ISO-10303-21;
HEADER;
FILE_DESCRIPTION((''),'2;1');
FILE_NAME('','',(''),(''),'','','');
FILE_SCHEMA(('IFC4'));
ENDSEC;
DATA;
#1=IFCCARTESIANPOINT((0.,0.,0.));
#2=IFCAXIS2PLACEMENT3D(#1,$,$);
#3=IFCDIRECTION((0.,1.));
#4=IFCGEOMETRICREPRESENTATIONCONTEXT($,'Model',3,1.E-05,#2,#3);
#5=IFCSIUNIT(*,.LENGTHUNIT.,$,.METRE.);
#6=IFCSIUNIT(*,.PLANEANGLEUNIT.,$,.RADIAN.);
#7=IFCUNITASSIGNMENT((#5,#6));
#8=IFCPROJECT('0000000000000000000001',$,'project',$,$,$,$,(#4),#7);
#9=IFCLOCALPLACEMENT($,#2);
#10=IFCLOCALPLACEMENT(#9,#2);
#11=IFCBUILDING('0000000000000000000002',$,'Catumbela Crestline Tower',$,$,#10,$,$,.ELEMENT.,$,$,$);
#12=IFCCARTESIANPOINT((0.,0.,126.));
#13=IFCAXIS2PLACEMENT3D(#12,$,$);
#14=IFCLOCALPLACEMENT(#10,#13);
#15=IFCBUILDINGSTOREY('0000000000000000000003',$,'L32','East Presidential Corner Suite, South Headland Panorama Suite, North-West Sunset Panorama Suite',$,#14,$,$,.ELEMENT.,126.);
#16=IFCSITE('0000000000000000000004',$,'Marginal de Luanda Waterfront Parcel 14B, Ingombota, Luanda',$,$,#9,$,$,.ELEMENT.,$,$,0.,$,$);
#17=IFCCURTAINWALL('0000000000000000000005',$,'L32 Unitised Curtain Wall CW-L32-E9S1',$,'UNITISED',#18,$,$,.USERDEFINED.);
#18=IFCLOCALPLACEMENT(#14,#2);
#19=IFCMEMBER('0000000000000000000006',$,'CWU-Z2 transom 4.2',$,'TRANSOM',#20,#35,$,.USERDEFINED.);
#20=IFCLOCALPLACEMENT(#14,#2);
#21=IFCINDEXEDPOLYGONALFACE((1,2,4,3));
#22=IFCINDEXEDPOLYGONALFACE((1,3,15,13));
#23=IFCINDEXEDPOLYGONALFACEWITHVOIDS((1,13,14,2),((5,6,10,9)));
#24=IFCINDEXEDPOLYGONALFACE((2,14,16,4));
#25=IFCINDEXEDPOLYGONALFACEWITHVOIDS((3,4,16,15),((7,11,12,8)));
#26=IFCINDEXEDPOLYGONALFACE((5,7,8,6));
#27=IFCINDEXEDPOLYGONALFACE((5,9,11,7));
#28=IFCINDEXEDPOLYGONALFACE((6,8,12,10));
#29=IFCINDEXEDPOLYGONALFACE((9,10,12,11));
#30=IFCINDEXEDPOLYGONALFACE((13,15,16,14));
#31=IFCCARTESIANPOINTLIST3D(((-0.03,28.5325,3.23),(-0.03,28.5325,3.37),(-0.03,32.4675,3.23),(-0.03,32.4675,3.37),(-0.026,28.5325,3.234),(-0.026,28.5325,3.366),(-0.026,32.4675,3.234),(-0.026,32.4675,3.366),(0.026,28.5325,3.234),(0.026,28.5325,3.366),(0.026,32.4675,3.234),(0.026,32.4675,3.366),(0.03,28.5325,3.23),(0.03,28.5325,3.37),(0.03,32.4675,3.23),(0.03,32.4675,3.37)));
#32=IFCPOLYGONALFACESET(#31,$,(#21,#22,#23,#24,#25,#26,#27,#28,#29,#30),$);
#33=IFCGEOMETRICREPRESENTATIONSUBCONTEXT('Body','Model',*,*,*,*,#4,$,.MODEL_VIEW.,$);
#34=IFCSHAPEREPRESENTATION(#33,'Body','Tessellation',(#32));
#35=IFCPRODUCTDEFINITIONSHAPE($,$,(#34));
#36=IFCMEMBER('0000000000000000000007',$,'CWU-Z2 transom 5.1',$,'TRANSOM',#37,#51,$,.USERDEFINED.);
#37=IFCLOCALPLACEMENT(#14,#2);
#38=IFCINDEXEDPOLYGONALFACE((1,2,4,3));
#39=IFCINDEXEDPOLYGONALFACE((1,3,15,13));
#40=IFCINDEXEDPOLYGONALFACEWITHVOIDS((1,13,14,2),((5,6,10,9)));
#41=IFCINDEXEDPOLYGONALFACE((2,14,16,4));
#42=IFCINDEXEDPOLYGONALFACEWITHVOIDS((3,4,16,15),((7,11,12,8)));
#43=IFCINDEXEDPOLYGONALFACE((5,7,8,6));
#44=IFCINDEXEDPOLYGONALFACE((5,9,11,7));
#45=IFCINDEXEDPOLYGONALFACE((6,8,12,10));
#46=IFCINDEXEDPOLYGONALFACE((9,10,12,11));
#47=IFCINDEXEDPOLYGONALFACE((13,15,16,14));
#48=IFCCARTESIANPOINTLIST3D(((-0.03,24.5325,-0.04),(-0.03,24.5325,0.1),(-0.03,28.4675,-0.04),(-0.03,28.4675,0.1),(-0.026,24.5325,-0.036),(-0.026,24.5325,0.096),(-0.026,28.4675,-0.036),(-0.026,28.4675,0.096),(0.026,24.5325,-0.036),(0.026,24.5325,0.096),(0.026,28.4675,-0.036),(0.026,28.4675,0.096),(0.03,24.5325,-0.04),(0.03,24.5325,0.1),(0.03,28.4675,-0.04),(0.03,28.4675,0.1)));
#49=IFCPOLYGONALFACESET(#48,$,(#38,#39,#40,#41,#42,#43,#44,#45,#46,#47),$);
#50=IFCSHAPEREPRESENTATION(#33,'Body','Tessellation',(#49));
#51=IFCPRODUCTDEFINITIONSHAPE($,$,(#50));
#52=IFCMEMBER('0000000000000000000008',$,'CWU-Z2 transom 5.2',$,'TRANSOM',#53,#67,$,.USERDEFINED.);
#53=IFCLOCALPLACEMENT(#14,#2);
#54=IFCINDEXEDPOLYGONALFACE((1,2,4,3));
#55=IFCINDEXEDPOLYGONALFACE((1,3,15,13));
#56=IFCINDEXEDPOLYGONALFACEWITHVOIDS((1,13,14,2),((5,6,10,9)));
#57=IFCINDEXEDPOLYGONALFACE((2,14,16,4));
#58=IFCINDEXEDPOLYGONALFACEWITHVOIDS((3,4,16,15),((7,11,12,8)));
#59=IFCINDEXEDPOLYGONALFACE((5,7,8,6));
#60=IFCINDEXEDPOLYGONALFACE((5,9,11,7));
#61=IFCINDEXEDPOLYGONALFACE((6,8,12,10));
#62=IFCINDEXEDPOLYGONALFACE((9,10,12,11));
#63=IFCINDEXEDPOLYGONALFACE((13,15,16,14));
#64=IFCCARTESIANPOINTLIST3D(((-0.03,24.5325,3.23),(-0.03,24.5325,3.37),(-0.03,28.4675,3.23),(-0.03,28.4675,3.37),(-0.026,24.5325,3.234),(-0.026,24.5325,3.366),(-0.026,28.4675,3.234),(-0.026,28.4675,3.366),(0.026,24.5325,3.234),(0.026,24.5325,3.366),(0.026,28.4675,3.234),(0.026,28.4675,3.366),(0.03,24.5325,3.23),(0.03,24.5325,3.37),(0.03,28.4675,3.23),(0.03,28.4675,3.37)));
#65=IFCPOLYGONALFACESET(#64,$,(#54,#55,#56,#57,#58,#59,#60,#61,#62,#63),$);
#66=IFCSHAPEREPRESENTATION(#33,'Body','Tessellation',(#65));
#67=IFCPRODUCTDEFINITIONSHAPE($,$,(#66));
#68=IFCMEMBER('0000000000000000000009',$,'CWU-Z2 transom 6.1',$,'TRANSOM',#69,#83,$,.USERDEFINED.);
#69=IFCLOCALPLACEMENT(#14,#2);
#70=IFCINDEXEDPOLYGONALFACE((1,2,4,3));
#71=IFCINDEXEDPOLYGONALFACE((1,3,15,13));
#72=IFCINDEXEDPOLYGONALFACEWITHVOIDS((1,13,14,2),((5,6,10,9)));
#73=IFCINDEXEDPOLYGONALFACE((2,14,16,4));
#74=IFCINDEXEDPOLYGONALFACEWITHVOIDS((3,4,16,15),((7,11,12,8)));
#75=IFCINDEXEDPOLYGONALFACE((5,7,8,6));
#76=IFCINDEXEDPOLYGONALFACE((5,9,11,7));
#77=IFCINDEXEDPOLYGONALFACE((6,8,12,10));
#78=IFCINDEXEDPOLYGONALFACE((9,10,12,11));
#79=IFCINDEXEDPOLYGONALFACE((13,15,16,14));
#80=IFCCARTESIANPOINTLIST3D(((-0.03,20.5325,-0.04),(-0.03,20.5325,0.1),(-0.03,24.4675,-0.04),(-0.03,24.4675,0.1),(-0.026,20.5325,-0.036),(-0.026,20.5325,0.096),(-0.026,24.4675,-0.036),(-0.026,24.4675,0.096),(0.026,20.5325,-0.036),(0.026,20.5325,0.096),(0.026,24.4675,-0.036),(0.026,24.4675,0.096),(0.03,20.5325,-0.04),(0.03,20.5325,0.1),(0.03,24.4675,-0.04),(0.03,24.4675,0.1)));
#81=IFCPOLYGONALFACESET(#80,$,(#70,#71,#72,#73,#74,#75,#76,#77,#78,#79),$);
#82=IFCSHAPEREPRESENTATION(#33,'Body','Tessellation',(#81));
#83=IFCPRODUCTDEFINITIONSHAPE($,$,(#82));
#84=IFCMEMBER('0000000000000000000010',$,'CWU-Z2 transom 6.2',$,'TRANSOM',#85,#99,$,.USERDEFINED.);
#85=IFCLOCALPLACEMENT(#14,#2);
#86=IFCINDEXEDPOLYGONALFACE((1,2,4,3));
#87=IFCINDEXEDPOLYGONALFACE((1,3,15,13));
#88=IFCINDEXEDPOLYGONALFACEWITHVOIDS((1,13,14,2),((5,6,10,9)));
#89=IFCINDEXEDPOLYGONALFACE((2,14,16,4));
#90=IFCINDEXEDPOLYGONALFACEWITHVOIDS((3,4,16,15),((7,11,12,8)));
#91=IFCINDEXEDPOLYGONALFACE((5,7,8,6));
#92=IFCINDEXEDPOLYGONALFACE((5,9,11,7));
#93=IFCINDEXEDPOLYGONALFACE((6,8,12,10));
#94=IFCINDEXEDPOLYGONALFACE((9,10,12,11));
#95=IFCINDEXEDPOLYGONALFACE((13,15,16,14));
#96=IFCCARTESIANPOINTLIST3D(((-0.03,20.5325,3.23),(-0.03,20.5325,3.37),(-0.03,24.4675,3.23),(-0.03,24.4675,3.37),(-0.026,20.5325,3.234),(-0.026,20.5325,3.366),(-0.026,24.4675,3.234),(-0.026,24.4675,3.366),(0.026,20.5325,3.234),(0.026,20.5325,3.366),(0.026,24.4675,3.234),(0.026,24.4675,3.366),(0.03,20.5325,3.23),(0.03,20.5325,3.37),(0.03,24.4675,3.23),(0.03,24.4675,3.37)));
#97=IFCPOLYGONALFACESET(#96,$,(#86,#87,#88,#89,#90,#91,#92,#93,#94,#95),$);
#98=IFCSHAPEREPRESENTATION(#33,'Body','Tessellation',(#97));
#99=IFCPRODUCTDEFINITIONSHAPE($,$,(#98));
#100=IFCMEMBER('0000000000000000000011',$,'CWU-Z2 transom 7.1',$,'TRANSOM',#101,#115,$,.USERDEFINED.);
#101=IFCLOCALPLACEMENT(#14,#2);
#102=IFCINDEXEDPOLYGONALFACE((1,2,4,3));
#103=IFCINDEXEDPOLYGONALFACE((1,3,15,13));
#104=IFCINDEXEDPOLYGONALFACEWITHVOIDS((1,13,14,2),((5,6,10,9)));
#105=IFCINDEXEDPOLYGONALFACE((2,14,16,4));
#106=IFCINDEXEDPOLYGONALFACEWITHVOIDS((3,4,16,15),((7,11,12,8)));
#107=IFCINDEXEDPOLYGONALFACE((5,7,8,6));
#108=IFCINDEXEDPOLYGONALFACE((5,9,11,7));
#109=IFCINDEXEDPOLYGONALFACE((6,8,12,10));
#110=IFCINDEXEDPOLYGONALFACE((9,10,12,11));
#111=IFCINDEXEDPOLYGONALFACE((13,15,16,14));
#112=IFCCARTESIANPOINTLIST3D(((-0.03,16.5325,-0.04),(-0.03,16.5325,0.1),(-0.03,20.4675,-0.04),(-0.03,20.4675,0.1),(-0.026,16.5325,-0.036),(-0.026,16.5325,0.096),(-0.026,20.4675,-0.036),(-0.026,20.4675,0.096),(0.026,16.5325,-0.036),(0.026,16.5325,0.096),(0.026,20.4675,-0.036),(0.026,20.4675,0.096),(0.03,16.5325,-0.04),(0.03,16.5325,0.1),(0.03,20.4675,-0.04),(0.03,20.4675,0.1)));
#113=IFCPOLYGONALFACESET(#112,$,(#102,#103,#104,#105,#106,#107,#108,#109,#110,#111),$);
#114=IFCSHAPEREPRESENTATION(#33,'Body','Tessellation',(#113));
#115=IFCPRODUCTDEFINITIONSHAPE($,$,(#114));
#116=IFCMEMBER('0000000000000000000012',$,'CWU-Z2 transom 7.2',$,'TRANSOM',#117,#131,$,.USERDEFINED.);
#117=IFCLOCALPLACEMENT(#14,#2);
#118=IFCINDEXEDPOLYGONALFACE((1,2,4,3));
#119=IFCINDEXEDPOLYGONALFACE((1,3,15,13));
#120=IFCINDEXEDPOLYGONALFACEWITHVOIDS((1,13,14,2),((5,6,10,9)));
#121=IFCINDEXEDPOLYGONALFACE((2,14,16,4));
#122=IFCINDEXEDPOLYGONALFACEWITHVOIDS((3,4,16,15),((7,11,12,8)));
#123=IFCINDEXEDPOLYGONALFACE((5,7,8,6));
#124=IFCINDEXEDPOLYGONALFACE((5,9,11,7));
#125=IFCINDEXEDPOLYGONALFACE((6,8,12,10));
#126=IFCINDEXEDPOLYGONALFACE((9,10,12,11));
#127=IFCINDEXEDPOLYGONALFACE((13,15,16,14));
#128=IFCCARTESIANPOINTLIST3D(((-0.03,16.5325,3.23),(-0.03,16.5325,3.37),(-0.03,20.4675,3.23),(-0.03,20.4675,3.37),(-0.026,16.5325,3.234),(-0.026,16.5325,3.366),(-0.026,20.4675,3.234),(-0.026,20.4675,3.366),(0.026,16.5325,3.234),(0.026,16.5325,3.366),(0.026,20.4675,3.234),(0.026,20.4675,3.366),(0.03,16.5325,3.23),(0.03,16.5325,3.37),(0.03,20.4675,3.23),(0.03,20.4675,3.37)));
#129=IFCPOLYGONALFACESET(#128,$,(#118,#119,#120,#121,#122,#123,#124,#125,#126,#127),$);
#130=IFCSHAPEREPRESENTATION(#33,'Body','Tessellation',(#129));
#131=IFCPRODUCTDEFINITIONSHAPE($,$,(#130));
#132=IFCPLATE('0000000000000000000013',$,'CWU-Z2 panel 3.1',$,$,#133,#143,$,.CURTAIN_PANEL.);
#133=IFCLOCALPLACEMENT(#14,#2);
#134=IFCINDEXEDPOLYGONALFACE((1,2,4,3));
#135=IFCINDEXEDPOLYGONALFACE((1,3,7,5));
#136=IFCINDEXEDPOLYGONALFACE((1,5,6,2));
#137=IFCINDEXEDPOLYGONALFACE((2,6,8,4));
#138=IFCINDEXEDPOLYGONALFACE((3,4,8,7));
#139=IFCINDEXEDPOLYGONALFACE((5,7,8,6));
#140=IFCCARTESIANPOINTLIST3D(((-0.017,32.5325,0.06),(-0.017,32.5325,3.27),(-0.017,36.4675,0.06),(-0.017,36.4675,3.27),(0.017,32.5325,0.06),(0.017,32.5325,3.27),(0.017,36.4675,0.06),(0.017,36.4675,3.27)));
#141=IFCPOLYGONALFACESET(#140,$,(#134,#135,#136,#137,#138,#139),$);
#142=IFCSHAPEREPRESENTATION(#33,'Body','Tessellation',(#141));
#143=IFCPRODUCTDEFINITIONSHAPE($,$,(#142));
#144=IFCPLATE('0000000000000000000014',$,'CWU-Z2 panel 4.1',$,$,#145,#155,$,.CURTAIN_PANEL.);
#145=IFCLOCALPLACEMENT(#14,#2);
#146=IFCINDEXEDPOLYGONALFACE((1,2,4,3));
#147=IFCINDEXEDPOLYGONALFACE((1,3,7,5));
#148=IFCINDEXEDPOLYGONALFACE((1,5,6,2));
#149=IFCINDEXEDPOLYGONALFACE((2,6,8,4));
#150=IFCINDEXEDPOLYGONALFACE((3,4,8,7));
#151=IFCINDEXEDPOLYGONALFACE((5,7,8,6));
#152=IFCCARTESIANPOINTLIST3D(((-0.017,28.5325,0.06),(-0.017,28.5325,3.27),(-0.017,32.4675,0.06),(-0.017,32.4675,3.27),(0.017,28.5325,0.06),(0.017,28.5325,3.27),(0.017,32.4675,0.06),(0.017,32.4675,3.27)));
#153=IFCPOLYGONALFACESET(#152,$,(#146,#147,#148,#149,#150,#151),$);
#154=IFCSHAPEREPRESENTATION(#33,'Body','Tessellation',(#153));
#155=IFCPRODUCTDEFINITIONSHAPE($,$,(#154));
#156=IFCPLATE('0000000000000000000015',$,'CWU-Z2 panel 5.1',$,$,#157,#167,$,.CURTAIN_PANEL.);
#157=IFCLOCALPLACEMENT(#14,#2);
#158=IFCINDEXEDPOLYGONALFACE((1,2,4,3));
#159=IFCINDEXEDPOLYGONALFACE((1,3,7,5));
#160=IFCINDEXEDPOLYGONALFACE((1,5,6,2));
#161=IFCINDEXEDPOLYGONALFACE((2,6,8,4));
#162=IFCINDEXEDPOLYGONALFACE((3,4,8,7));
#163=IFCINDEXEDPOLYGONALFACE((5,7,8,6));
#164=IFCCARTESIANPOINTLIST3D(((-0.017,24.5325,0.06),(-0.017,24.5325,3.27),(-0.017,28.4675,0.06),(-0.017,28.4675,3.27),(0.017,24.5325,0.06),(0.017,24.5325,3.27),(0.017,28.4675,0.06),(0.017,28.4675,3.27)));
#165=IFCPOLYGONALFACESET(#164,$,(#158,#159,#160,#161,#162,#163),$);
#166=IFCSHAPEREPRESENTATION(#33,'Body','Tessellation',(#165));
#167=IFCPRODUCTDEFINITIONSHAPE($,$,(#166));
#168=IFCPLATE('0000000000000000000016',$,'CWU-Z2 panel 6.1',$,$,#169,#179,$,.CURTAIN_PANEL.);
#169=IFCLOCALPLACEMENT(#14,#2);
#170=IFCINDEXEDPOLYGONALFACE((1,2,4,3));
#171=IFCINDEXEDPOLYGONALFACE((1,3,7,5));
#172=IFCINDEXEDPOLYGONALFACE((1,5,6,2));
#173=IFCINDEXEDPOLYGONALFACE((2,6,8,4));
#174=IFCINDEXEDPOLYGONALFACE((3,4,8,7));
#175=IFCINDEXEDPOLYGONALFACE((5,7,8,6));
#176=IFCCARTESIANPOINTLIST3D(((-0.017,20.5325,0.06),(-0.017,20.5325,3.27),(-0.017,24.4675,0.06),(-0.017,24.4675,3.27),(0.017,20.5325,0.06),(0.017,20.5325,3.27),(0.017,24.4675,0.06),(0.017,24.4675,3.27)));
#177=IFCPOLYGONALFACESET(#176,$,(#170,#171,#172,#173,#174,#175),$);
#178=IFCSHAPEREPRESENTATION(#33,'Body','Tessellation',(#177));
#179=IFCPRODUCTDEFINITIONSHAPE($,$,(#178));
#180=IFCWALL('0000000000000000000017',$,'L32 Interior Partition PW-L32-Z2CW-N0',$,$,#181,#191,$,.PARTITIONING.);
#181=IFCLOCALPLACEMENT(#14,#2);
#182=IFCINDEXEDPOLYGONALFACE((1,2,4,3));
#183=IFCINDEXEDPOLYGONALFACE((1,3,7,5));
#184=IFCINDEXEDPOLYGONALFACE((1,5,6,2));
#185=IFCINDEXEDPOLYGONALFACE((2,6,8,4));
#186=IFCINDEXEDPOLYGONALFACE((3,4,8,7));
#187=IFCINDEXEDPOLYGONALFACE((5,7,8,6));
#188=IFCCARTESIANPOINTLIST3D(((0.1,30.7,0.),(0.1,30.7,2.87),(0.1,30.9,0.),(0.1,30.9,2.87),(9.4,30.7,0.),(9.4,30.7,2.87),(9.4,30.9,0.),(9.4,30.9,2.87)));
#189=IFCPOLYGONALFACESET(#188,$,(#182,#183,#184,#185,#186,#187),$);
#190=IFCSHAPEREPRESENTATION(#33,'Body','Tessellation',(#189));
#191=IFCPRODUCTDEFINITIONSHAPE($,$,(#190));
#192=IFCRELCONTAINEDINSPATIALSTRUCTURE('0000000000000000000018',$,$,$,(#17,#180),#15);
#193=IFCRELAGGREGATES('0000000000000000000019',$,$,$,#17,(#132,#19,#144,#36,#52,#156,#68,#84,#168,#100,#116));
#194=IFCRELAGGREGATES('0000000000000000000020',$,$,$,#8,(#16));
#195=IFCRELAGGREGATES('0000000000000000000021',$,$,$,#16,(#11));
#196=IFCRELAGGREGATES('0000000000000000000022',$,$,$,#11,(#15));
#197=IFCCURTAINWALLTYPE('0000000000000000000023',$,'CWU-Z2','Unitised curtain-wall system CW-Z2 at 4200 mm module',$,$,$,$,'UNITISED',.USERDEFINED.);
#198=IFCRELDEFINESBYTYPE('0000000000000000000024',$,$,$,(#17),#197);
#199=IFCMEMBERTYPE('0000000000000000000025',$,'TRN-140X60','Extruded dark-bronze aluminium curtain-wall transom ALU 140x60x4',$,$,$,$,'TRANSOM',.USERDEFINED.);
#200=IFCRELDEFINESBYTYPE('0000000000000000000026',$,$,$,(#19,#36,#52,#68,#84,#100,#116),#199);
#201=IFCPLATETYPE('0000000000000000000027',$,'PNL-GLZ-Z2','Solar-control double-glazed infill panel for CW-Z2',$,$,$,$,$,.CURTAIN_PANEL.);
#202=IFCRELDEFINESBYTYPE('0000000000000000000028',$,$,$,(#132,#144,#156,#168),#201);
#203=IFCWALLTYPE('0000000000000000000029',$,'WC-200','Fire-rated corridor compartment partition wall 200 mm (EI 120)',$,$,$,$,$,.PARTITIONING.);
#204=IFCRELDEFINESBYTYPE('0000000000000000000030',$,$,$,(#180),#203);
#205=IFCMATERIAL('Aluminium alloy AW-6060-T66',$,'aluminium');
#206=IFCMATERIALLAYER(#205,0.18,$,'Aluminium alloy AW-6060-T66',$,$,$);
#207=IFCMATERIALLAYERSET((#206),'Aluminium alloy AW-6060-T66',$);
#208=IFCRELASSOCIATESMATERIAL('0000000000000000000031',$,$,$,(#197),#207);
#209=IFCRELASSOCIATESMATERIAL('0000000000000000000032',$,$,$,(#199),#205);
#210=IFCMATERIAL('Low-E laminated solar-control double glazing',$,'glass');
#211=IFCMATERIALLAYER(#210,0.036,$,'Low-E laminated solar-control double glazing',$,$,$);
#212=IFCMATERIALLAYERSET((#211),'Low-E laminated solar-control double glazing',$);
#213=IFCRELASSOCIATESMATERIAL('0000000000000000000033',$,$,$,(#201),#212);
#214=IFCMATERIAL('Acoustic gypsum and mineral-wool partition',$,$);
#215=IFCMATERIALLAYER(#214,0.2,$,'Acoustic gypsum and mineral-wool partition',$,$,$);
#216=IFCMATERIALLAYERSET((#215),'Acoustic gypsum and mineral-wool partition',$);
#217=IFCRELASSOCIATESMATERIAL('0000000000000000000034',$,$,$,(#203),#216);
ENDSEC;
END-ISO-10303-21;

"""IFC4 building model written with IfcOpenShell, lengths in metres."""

from ifc_helpers import new_model, si_unit, direction, frame, frame_2d, origin, origin_2d, place, context, subcontext, project, spatial, rectangle, hollow_rectangle, extrude, material, layer, layer_set, material_profile, profile_set, type_object, element, aggregate, save


model = new_model("IFC4")

# Units and contexts
model_context = context("Model", 3, precision=1e-05, world=origin(), true_north=direction((0.0, 1.0)))
body_context = subcontext(model_context, "Body", "Model", "MODEL_VIEW")
ifc_project = project(units=[si_unit("LENGTHUNIT", "METRE"), si_unit("PLANEANGLEUNIT", "RADIAN")], contexts=[model_context])

# Site, building, storey
site_placement = place(None, origin())
site = spatial("IfcSite", under=ifc_project, at=site_placement, Name="Marginal de Luanda Waterfront Parcel 14B, Ingombota, Luanda", CompositionType="ELEMENT", RefElevation=0.0)
building_placement = place(site_placement, origin())
building = spatial("IfcBuilding", under=site, at=building_placement, Name="Catumbela Crestline Tower", CompositionType="ELEMENT")
storey_placement = place(building_placement, frame((0.0, 0.0, 126.0)))
storey = spatial("IfcBuildingStorey", under=building, at=storey_placement, Name="L32", Description="East Presidential Corner Suite, South Headland Panorama Suite, North-West Sunset Panorama Suite", CompositionType="ELEMENT", Elevation=126.0)

# Curtain wall
ifc_material_1 = material(Name="Aluminium alloy AW-6060-T66", Category="aluminium")
ifc_layer_1 = layer(ifc_material_1, 0.18, Name="Aluminium alloy AW-6060-T66")
ifc_layer_set_1 = layer_set([ifc_layer_1], Name="Aluminium alloy AW-6060-T66")
curtain_wall_type = type_object("IfcCurtainWallType", Name="CWU-Z2", Description="Unitised curtain-wall system CW-Z2 at 4200 mm module", ElementType="UNITISED", PredefinedType="USERDEFINED", material=ifc_layer_set_1)
curtain_wall_placement = place(storey_placement, origin())
curtain_wall = element("IfcCurtainWall", 1, at=curtain_wall_placement, inside=storey, type_object=curtain_wall_type, Name="L32 Unitised Curtain Wall CW-L32-E9S1", ObjectType="UNITISED", PredefinedType="USERDEFINED")

# Members
ifc_material_profile_1 = material_profile(ifc_material_1, hollow_rectangle(XDim=0.06, YDim=0.14, WallThickness=0.004, at=origin_2d()), Name="ALU 140x60x4")
ifc_profile_set_1 = profile_set([ifc_material_profile_1], Name="Aluminium alloy AW-6060-T66")
member_type_1 = type_object("IfcMemberType", Name="TRN-140X60", Description="Extruded dark-bronze aluminium curtain-wall transom ALU 140x60x4", ElementType="TRANSOM", PredefinedType="USERDEFINED", material=ifc_profile_set_1)
member_1_placement = place(storey_placement, frame((0.0, 32.4675, 3.3), z_axis=(0.0, -1.0, 0.0), x_axis=(1.0, 0.0, 0.0)))
member_1 = element("IfcMember", 2, at=member_1_placement, type_object=member_type_1, Name="CWU-Z2 transom 4.2", ObjectType="TRANSOM", PredefinedType="USERDEFINED", context=body_context, shape_type="SweptSolid", body=[
    extrude(hollow_rectangle(XDim=0.06, YDim=0.14, WallThickness=0.004, at=origin_2d()), origin(), (0.0, 0.0, 1.0), 3.935),
])
member_2_placement = place(storey_placement, frame((0.0, 28.4675, 0.03), z_axis=(0.0, -1.0, 0.0), x_axis=(1.0, 0.0, 0.0)))
member_2 = element("IfcMember", 3, at=member_2_placement, type_object=member_type_1, Name="CWU-Z2 transom 5.1", ObjectType="TRANSOM", PredefinedType="USERDEFINED", context=body_context, shape_type="SweptSolid", body=[
    extrude(hollow_rectangle(XDim=0.06, YDim=0.14, WallThickness=0.004, at=origin_2d()), origin(), (0.0, 0.0, 1.0), 3.935),
])
member_3_placement = place(storey_placement, frame((0.0, 28.4675, 3.3), z_axis=(0.0, -1.0, 0.0), x_axis=(1.0, 0.0, 0.0)))
member_3 = element("IfcMember", 4, at=member_3_placement, type_object=member_type_1, Name="CWU-Z2 transom 5.2", ObjectType="TRANSOM", PredefinedType="USERDEFINED", context=body_context, shape_type="SweptSolid", body=[
    extrude(hollow_rectangle(XDim=0.06, YDim=0.14, WallThickness=0.004, at=origin_2d()), origin(), (0.0, 0.0, 1.0), 3.935),
])
member_4_placement = place(storey_placement, frame((0.0, 24.4675, 0.03), z_axis=(0.0, -1.0, 0.0), x_axis=(1.0, 0.0, 0.0)))
member_4 = element("IfcMember", 5, at=member_4_placement, type_object=member_type_1, Name="CWU-Z2 transom 6.1", ObjectType="TRANSOM", PredefinedType="USERDEFINED", context=body_context, shape_type="SweptSolid", body=[
    extrude(hollow_rectangle(XDim=0.06, YDim=0.14, WallThickness=0.004, at=origin_2d()), origin(), (0.0, 0.0, 1.0), 3.935),
])
member_5_placement = place(storey_placement, frame((0.0, 24.4675, 3.3), z_axis=(0.0, -1.0, 0.0), x_axis=(1.0, 0.0, 0.0)))
member_5 = element("IfcMember", 6, at=member_5_placement, type_object=member_type_1, Name="CWU-Z2 transom 6.2", ObjectType="TRANSOM", PredefinedType="USERDEFINED", context=body_context, shape_type="SweptSolid", body=[
    extrude(hollow_rectangle(XDim=0.06, YDim=0.14, WallThickness=0.004, at=origin_2d()), origin(), (0.0, 0.0, 1.0), 3.935),
])
member_6_placement = place(storey_placement, frame((0.0, 20.4675, 0.03), z_axis=(0.0, -1.0, 0.0), x_axis=(1.0, 0.0, 0.0)))
member_6 = element("IfcMember", 7, at=member_6_placement, type_object=member_type_1, Name="CWU-Z2 transom 7.1", ObjectType="TRANSOM", PredefinedType="USERDEFINED", context=body_context, shape_type="SweptSolid", body=[
    extrude(hollow_rectangle(XDim=0.06, YDim=0.14, WallThickness=0.004, at=origin_2d()), origin(), (0.0, 0.0, 1.0), 3.935),
])
member_7_placement = place(storey_placement, frame((0.0, 20.4675, 3.3), z_axis=(0.0, -1.0, 0.0), x_axis=(1.0, 0.0, 0.0)))
member_7 = element("IfcMember", 8, at=member_7_placement, type_object=member_type_1, Name="CWU-Z2 transom 7.2", ObjectType="TRANSOM", PredefinedType="USERDEFINED", context=body_context, shape_type="SweptSolid", body=[
    extrude(hollow_rectangle(XDim=0.06, YDim=0.14, WallThickness=0.004, at=origin_2d()), origin(), (0.0, 0.0, 1.0), 3.935),
])

# Plates
ifc_material_2 = material(Name="Low-E laminated solar-control double glazing", Category="glass")
ifc_layer_2 = layer(ifc_material_2, 0.036, Name="Low-E laminated solar-control double glazing")
ifc_layer_set_2 = layer_set([ifc_layer_2], Name="Low-E laminated solar-control double glazing")
plate_type = type_object("IfcPlateType", Name="PNL-GLZ-Z2", Description="Solar-control double-glazed infill panel for CW-Z2", PredefinedType="CURTAIN_PANEL", material=ifc_layer_set_2)
plate_1_placement = place(storey_placement, frame((0.0, 34.5, 0.06), z_axis=(0.0, 0.0, 1.0), x_axis=(0.0, -1.0, 0.0)))
plate_1 = element("IfcPlate", 9, at=plate_1_placement, type_object=plate_type, Name="CWU-Z2 panel 3.1", PredefinedType="CURTAIN_PANEL", context=body_context, shape_type="SweptSolid", body=[
    extrude(rectangle(XDim=3.935, YDim=0.034, at=origin_2d()), origin(), (0.0, 0.0, 1.0), 3.21),
])
plate_2_placement = place(storey_placement, frame((0.0, 30.5, 0.06), z_axis=(0.0, 0.0, 1.0), x_axis=(0.0, -1.0, 0.0)))
plate_2 = element("IfcPlate", 10, at=plate_2_placement, type_object=plate_type, Name="CWU-Z2 panel 4.1", PredefinedType="CURTAIN_PANEL", context=body_context, shape_type="SweptSolid", body=[
    extrude(rectangle(XDim=3.935, YDim=0.034, at=origin_2d()), origin(), (0.0, 0.0, 1.0), 3.21),
])
plate_3_placement = place(storey_placement, frame((0.0, 26.5, 0.06), z_axis=(0.0, 0.0, 1.0), x_axis=(0.0, -1.0, 0.0)))
plate_3 = element("IfcPlate", 11, at=plate_3_placement, type_object=plate_type, Name="CWU-Z2 panel 5.1", PredefinedType="CURTAIN_PANEL", context=body_context, shape_type="SweptSolid", body=[
    extrude(rectangle(XDim=3.935, YDim=0.034, at=origin_2d()), origin(), (0.0, 0.0, 1.0), 3.21),
])
plate_4_placement = place(storey_placement, frame((0.0, 22.5, 0.06), z_axis=(0.0, 0.0, 1.0), x_axis=(0.0, -1.0, 0.0)))
plate_4 = element("IfcPlate", 12, at=plate_4_placement, type_object=plate_type, Name="CWU-Z2 panel 6.1", PredefinedType="CURTAIN_PANEL", context=body_context, shape_type="SweptSolid", body=[
    extrude(rectangle(XDim=3.935, YDim=0.034, at=origin_2d()), origin(), (0.0, 0.0, 1.0), 3.21),
])
aggregate(curtain_wall, [plate_1, member_1, plate_2, member_2, member_3, plate_3, member_4, member_5, plate_4, member_6, member_7])

# Wall
ifc_material_3 = material(Name="Acoustic gypsum and mineral-wool partition")
ifc_layer_3 = layer(ifc_material_3, 0.2, Name="Acoustic gypsum and mineral-wool partition")
ifc_layer_set_3 = layer_set([ifc_layer_3], Name="Acoustic gypsum and mineral-wool partition")
wall_type_1 = type_object("IfcWallType", Name="WC-200", Description="Fire-rated corridor compartment partition wall 200 mm (EI 120)", PredefinedType="PARTITIONING", material=ifc_layer_set_3)
wall_1_placement = place(storey_placement, frame((0.1, 30.8, 0.0), z_axis=(0.0, 0.0, 1.0), x_axis=(1.0, 0.0, 0.0)))
element("IfcWall", 13, at=wall_1_placement, inside=storey, type_object=wall_type_1, Name="L32 Interior Partition PW-L32-Z2CW-N0", PredefinedType="PARTITIONING", context=body_context, shape_type="SweptSolid", body=[
    extrude(rectangle(XDim=9.3, YDim=0.2, at=frame_2d((4.65, 0.0))), origin(), (0.0, 0.0, 1.0), 2.87),
])

save(model, "model.ifc")
